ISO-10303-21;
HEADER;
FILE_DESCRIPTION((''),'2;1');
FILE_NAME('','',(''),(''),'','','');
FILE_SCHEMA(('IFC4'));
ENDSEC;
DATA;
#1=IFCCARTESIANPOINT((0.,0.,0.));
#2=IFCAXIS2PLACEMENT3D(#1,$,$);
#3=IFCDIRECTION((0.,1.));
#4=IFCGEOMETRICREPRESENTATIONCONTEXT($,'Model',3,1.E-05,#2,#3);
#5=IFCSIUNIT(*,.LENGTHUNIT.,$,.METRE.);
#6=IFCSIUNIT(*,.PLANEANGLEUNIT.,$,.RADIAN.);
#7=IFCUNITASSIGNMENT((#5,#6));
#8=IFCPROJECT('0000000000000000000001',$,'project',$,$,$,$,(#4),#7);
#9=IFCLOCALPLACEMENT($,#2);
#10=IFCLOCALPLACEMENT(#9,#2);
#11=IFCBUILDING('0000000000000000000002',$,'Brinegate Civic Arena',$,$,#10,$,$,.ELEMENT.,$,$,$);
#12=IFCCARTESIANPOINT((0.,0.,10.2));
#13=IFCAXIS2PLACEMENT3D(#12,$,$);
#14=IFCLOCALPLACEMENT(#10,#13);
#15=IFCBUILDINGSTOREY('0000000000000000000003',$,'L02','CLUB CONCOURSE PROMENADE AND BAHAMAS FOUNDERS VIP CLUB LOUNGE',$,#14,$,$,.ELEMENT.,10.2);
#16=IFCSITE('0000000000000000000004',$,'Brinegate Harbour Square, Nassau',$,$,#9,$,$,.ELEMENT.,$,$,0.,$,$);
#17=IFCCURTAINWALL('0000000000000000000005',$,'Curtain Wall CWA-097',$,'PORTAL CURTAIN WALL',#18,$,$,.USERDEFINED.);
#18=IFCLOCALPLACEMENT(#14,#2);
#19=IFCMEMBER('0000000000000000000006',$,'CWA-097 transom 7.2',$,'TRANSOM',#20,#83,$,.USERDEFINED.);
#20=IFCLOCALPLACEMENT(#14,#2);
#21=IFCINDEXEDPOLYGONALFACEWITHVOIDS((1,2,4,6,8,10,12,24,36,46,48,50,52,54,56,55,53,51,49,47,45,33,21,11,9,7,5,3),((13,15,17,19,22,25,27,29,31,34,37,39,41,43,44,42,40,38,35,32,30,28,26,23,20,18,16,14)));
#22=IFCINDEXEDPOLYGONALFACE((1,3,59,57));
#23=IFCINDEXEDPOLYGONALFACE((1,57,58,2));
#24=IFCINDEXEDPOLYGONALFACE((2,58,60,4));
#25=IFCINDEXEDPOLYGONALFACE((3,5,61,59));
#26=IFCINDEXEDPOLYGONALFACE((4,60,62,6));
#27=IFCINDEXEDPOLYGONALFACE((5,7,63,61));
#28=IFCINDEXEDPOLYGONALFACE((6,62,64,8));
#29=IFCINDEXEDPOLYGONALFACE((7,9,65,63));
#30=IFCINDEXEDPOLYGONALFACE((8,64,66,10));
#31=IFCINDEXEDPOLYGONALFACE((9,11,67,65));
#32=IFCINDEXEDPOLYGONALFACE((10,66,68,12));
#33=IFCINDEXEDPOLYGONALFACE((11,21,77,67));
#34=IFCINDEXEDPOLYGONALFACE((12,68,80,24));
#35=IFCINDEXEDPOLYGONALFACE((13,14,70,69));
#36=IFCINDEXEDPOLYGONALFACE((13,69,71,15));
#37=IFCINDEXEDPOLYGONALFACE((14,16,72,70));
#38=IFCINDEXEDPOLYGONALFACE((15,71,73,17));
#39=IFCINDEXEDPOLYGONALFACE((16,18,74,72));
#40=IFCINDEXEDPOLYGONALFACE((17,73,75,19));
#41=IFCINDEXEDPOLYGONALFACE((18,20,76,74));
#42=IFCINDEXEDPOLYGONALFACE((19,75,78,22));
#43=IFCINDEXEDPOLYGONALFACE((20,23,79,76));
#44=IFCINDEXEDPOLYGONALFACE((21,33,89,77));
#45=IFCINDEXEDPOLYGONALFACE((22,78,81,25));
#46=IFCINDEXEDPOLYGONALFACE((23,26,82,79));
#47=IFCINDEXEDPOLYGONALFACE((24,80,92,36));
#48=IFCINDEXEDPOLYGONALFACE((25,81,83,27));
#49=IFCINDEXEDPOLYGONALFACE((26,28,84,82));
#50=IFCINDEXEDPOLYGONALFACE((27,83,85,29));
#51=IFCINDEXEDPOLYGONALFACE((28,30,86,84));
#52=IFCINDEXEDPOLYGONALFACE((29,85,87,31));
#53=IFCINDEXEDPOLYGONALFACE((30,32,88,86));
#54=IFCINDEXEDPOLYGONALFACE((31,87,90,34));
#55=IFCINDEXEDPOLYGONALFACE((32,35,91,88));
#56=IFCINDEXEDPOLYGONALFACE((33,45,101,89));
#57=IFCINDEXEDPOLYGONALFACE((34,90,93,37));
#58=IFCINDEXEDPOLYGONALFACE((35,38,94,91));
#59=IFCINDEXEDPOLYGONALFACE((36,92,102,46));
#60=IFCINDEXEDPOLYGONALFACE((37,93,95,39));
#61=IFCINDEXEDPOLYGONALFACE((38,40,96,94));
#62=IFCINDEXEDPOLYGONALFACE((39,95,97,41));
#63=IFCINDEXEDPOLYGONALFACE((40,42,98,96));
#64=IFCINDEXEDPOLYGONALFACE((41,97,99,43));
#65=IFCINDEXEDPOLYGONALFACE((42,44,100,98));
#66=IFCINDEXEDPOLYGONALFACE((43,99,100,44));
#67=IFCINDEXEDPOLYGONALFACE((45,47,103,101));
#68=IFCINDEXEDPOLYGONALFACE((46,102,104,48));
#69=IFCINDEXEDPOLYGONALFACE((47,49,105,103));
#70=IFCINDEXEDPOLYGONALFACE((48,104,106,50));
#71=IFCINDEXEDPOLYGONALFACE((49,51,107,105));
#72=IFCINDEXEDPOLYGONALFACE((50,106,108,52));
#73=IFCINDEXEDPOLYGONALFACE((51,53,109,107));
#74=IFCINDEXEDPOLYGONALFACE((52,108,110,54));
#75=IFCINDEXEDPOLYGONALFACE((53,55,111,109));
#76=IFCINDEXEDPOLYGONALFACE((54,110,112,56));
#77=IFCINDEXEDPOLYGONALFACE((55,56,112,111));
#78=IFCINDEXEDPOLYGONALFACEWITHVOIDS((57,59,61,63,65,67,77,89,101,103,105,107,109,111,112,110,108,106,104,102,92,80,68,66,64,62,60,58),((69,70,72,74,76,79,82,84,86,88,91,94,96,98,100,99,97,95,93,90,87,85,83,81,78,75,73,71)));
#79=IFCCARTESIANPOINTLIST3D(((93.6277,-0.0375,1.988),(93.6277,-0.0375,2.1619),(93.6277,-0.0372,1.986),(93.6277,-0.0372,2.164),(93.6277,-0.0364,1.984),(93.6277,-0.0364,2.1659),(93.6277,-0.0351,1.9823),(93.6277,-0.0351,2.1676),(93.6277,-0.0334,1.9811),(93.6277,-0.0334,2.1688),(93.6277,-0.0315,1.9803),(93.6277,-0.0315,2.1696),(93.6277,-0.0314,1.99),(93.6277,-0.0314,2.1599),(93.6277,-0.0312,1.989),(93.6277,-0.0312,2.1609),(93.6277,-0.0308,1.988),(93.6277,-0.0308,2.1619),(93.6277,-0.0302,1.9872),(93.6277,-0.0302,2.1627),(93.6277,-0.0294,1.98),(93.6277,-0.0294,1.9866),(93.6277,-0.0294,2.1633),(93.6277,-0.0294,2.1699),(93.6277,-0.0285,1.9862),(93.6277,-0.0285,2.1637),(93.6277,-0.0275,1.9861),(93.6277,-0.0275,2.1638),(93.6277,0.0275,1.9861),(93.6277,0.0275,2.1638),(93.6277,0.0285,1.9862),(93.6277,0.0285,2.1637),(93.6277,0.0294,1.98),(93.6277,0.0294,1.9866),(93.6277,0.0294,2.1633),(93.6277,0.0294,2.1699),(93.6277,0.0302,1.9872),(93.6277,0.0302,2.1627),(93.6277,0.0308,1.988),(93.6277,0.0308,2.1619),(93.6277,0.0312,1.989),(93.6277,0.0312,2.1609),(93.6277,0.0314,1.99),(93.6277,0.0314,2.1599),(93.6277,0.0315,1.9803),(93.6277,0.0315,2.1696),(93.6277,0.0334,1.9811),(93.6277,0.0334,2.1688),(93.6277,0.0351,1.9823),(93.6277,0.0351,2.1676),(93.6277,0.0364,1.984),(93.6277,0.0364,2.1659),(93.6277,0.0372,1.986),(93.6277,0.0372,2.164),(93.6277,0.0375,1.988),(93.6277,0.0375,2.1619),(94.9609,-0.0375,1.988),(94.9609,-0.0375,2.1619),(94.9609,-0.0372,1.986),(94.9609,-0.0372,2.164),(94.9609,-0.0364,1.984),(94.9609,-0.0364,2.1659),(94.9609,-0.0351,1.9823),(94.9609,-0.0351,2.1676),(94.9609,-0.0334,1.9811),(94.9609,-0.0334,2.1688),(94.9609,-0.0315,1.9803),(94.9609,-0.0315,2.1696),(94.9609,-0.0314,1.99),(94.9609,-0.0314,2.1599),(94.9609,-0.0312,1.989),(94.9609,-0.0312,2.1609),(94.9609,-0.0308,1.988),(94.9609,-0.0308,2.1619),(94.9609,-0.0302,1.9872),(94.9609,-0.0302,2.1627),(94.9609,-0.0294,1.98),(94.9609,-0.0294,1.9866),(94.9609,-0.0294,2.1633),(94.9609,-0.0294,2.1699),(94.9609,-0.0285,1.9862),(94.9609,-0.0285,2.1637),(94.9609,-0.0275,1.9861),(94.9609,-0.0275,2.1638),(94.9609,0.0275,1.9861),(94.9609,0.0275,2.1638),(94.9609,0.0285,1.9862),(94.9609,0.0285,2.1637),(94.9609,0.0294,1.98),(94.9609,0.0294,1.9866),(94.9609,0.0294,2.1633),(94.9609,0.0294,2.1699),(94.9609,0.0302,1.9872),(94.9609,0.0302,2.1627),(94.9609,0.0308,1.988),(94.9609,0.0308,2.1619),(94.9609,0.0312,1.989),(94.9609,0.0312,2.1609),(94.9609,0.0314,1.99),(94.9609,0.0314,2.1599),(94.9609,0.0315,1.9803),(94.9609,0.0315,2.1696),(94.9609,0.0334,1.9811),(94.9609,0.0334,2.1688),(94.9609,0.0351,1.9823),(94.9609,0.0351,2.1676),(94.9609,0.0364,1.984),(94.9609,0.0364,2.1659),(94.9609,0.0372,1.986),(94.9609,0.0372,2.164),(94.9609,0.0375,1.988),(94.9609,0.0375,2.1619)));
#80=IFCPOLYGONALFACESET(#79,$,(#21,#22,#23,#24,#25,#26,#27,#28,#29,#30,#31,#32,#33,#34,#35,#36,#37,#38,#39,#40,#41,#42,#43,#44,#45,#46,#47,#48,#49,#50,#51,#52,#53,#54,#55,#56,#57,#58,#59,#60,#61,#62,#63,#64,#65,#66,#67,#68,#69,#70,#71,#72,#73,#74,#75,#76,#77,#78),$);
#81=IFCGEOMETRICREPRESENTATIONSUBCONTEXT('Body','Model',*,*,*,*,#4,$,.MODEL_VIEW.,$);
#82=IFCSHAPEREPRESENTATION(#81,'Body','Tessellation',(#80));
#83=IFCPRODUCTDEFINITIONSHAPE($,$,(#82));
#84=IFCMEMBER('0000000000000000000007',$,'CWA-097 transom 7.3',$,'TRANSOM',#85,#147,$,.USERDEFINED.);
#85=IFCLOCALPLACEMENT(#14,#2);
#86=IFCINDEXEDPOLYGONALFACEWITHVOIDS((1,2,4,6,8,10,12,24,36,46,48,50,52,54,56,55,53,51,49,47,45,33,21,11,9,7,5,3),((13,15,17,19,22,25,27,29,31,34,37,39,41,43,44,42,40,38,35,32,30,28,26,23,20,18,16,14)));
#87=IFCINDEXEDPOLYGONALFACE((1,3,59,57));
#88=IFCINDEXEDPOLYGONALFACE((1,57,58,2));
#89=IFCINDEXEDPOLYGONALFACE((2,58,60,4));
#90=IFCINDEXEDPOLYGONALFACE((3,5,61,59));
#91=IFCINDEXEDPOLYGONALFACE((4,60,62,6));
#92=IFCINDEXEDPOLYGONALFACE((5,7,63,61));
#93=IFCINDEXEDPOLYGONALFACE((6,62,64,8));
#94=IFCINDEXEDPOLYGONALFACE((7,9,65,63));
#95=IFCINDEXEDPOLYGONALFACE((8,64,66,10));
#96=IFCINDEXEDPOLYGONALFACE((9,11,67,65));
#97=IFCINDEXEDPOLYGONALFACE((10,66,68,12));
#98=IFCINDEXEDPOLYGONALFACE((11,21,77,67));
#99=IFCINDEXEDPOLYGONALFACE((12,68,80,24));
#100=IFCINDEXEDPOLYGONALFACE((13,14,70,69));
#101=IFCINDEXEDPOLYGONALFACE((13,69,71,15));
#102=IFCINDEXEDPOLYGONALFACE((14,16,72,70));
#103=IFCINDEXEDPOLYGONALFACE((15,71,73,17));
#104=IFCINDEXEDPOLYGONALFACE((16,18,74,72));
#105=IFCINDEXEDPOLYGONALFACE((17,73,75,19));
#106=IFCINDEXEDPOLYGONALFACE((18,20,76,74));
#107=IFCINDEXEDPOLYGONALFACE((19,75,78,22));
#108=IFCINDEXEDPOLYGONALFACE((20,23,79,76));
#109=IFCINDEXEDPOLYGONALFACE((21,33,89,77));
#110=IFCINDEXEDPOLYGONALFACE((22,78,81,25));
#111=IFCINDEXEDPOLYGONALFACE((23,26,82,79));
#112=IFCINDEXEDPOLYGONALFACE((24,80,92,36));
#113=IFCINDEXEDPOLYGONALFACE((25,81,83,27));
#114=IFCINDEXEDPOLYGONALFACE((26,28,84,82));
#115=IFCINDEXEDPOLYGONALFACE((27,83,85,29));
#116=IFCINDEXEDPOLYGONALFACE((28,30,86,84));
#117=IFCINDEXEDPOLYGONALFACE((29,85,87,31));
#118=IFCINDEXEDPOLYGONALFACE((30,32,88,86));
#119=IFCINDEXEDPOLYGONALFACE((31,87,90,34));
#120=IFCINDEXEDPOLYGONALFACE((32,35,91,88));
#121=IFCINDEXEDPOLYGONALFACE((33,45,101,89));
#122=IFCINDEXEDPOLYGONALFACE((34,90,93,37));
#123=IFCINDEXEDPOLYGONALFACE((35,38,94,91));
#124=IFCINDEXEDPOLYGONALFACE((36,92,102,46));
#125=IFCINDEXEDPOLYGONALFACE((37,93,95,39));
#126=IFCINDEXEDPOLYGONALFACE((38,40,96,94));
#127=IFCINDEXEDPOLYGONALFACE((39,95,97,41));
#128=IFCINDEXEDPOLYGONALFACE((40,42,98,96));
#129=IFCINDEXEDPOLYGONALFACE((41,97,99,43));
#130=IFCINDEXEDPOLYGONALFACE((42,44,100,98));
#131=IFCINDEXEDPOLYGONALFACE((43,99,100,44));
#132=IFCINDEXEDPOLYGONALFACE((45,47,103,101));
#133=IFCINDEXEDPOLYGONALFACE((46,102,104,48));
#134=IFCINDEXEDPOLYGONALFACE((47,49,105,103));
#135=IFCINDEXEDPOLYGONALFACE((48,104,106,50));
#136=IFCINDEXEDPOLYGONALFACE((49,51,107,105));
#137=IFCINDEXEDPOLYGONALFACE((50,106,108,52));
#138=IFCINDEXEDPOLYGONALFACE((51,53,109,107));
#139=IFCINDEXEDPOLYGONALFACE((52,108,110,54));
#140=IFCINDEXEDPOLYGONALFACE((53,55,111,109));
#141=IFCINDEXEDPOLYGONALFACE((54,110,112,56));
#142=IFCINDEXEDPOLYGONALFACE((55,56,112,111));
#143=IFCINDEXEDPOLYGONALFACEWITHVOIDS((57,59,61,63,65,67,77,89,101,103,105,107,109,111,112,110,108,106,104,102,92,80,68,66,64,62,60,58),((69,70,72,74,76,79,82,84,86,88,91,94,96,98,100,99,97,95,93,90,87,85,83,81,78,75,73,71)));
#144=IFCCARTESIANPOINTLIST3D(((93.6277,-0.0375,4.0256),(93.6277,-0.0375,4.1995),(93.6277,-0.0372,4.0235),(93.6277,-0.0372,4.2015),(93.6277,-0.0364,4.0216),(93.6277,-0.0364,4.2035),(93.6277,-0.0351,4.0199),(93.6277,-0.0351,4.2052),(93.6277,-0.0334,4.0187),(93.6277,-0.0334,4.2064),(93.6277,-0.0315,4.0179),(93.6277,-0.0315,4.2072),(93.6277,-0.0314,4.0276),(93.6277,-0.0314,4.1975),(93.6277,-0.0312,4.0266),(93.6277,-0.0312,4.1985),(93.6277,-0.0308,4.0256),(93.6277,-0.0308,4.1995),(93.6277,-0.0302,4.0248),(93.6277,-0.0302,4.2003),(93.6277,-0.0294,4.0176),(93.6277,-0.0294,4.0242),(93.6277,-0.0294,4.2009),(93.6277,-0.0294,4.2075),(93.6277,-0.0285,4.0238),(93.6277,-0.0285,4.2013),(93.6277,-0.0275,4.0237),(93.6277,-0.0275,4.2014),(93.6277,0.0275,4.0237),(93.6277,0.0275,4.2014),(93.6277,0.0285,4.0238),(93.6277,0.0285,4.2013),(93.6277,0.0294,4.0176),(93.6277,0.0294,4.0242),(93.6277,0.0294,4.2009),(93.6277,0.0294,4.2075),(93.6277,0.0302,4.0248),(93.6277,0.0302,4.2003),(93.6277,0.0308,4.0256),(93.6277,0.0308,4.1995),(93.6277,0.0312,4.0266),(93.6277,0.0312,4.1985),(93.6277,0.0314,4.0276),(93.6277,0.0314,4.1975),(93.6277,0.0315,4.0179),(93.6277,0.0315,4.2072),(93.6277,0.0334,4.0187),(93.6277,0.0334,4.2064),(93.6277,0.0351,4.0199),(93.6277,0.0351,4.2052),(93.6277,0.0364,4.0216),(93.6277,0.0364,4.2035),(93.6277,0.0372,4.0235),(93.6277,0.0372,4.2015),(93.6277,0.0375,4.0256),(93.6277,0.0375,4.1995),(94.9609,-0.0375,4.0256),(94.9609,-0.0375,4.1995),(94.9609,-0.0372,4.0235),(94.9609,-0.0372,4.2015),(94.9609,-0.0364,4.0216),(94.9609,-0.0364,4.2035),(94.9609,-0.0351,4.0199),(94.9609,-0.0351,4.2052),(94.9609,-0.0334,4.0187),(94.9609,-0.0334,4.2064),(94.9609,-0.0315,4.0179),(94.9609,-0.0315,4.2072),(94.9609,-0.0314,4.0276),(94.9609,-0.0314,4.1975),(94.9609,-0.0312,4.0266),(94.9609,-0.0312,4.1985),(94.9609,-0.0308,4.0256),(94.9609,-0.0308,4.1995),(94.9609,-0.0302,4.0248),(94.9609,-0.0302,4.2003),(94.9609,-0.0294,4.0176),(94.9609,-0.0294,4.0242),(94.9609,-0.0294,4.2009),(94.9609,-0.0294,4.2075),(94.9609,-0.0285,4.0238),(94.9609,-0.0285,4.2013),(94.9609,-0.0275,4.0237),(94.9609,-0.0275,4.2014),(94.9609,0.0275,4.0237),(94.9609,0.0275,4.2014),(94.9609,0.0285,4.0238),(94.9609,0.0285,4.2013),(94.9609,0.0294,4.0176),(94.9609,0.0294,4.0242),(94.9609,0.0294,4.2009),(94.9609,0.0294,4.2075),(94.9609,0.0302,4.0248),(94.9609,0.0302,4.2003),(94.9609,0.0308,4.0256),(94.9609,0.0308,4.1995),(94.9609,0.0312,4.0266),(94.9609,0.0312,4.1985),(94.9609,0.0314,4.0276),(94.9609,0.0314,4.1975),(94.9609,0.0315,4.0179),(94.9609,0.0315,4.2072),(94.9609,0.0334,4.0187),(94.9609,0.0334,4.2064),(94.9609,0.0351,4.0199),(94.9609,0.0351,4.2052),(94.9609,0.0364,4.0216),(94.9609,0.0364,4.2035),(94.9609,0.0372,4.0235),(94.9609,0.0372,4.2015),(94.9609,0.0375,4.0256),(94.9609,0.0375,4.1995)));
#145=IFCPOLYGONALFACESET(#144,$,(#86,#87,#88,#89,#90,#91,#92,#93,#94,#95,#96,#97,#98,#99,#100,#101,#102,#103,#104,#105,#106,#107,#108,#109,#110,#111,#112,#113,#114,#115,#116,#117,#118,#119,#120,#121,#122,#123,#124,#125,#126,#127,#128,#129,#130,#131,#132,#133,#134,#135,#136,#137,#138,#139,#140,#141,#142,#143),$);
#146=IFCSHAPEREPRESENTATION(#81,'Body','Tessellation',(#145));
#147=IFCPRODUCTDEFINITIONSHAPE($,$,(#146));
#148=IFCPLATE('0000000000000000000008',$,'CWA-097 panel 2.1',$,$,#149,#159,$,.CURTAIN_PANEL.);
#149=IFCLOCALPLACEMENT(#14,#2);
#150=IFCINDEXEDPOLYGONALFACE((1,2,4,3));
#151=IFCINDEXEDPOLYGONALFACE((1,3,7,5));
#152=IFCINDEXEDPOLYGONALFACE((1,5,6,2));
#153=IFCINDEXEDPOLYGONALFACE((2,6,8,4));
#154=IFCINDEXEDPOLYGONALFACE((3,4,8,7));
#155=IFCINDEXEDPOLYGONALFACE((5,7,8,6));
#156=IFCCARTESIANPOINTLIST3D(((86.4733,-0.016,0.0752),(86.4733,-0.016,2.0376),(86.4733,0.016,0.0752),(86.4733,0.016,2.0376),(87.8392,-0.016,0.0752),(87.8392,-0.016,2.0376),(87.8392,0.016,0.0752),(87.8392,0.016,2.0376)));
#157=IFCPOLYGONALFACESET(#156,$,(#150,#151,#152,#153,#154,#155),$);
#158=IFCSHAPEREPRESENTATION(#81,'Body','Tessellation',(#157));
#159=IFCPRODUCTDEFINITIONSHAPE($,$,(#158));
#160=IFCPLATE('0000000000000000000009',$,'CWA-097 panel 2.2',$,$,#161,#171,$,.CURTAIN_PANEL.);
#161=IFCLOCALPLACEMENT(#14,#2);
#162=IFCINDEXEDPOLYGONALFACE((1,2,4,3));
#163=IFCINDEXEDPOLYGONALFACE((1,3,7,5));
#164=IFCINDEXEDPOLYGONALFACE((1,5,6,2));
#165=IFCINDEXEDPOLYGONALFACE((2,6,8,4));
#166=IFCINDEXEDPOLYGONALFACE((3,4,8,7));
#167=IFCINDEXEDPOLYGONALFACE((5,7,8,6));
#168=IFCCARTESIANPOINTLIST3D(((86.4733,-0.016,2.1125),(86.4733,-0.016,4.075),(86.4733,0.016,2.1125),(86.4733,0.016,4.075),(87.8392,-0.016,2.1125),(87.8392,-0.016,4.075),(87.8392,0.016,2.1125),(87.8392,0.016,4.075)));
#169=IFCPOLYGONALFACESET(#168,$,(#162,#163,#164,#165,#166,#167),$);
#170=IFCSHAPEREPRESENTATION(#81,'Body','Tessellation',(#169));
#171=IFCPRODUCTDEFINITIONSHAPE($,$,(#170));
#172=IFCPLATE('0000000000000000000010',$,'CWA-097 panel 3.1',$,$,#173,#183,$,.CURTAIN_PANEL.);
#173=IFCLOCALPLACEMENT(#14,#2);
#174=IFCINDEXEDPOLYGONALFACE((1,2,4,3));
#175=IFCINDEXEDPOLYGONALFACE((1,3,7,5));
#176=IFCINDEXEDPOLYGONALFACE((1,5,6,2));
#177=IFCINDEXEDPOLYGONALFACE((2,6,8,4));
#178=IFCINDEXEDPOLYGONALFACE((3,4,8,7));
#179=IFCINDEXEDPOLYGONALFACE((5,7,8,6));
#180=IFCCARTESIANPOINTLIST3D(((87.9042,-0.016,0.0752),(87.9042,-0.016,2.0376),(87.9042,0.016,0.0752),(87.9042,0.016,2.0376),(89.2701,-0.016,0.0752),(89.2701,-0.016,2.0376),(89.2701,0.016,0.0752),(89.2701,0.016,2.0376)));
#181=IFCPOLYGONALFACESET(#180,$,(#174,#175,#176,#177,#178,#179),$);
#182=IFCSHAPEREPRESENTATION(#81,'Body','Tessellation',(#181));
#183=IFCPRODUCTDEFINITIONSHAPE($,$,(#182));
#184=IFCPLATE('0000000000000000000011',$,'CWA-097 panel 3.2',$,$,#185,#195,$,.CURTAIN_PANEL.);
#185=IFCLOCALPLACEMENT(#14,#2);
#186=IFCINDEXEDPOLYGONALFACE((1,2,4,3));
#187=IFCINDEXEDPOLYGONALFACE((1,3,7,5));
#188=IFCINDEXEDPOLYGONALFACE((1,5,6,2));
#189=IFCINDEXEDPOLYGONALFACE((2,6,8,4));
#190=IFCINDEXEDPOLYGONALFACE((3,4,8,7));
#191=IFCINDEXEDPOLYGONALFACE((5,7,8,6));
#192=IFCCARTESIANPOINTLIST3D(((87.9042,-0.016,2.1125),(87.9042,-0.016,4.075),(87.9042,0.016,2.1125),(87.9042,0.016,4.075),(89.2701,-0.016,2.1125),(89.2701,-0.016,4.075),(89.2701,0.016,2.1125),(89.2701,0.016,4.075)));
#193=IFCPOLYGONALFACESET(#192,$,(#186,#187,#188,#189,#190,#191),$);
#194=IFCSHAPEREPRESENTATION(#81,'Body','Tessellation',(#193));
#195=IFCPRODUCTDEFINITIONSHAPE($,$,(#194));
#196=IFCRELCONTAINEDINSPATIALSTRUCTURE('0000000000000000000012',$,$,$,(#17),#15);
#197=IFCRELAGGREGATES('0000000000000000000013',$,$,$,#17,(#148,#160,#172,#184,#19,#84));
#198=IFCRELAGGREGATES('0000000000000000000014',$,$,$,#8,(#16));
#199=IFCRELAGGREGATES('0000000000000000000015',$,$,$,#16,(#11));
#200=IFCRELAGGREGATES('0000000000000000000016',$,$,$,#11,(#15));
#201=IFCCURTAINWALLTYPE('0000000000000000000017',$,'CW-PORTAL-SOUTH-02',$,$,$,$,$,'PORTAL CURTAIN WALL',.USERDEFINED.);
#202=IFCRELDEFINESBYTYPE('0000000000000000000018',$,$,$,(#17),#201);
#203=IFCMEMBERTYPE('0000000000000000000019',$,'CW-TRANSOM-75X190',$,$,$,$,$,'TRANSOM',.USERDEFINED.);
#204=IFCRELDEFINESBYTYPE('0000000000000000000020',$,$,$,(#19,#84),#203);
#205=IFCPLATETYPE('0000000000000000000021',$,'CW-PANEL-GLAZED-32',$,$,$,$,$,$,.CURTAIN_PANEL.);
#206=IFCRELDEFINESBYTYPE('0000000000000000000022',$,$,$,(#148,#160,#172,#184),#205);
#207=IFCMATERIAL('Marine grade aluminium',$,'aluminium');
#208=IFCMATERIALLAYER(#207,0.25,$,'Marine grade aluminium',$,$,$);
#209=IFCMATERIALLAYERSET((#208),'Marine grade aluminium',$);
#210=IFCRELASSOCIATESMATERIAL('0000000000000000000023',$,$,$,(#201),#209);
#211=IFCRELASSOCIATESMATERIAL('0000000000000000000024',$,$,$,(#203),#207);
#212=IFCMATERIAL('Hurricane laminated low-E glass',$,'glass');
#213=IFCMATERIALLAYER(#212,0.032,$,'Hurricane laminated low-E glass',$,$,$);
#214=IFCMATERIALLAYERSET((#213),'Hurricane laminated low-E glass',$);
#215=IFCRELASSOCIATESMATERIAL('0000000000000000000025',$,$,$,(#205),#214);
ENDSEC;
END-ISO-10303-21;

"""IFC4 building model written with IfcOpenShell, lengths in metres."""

from ifc_helpers import new_model, si_unit, direction, frame, origin, origin_2d, place, context, subcontext, project, spatial, rectangle, hollow_rectangle, extrude, material, layer, layer_set, material_profile, profile_set, type_object, element, aggregate, save


model = new_model("IFC4")

# Units and contexts
model_context = context("Model", 3, precision=1e-05, world=origin(), true_north=direction((0.0, 1.0)))
body_context = subcontext(model_context, "Body", "Model", "MODEL_VIEW")
ifc_project = project(units=[si_unit("LENGTHUNIT", "METRE"), si_unit("PLANEANGLEUNIT", "RADIAN")], contexts=[model_context])

# Site, building, storey
site_placement = place(None, origin())
site = spatial("IfcSite", under=ifc_project, at=site_placement, Name="Brinegate Harbour Square, Nassau", CompositionType="ELEMENT", RefElevation=0.0)
building_placement = place(site_placement, origin())
building = spatial("IfcBuilding", under=site, at=building_placement, Name="Brinegate Civic Arena", CompositionType="ELEMENT")
storey_placement = place(building_placement, frame((0.0, 0.0, 10.2)))
storey = spatial("IfcBuildingStorey", under=building, at=storey_placement, Name="L02", Description="CLUB CONCOURSE PROMENADE AND BAHAMAS FOUNDERS VIP CLUB LOUNGE", CompositionType="ELEMENT", Elevation=10.2)

# Curtain wall, members, plates
ifc_material_1 = material(Name="Marine grade aluminium", Category="aluminium")
ifc_layer_1 = layer(ifc_material_1, 0.25, Name="Marine grade aluminium")
ifc_layer_set_1 = layer_set([ifc_layer_1], Name="Marine grade aluminium")
curtain_wall_type = type_object("IfcCurtainWallType", Name="CW-PORTAL-SOUTH-02", ElementType="PORTAL CURTAIN WALL", PredefinedType="USERDEFINED", material=ifc_layer_set_1)
curtain_wall_placement = place(storey_placement, origin())
curtain_wall = element("IfcCurtainWall", 1, at=curtain_wall_placement, inside=storey, type_object=curtain_wall_type, Name="Curtain Wall CWA-097", ObjectType="PORTAL CURTAIN WALL", PredefinedType="USERDEFINED")
ifc_material_profile_1 = material_profile(ifc_material_1, hollow_rectangle(XDim=0.075, YDim=0.1899, WallThickness=0.0061, InnerFilletRadius=0.0039, OuterFilletRadius=0.0081, at=origin_2d()), Name="TRN75X190")
ifc_profile_set_1 = profile_set([ifc_material_profile_1], Name="Marine grade aluminium")
member_type_1 = type_object("IfcMemberType", Name="CW-TRANSOM-75X190", ElementType="TRANSOM", PredefinedType="USERDEFINED", material=ifc_profile_set_1)
member_1_placement = place(storey_placement, frame((93.6277, 0.0, 2.075), z_axis=(1.0, 0.0, 0.0), x_axis=(0.0, 1.0, 0.0)))
member_1 = element("IfcMember", 2, at=member_1_placement, type_object=member_type_1, Name="CWA-097 transom 7.2", ObjectType="TRANSOM", PredefinedType="USERDEFINED", context=body_context, shape_type="SweptSolid", body=[
    extrude(hollow_rectangle(XDim=0.075, YDim=0.1899, WallThickness=0.0061, InnerFilletRadius=0.0039, OuterFilletRadius=0.0081, at=origin_2d()), origin(), (0.0, 0.0, 1.0), 1.3333),
])
member_2_placement = place(storey_placement, frame((93.6277, 0.0, 4.1125), z_axis=(1.0, 0.0, 0.0), x_axis=(0.0, 1.0, 0.0)))
member_2 = element("IfcMember", 3, at=member_2_placement, type_object=member_type_1, Name="CWA-097 transom 7.3", ObjectType="TRANSOM", PredefinedType="USERDEFINED", context=body_context, shape_type="SweptSolid", body=[
    extrude(hollow_rectangle(XDim=0.075, YDim=0.1899, WallThickness=0.0061, InnerFilletRadius=0.0039, OuterFilletRadius=0.0081, at=origin_2d()), origin(), (0.0, 0.0, 1.0), 1.3333),
])
ifc_material_2 = material(Name="Hurricane laminated low-E glass", Category="glass")
ifc_layer_2 = layer(ifc_material_2, 0.032, Name="Hurricane laminated low-E glass")
ifc_layer_set_2 = layer_set([ifc_layer_2], Name="Hurricane laminated low-E glass")
plate_type = type_object("IfcPlateType", Name="CW-PANEL-GLAZED-32", PredefinedType="CURTAIN_PANEL", material=ifc_layer_set_2)
plate_1_placement = place(storey_placement, frame((87.1562, 0.0, 0.0752), z_axis=(0.0, 0.0, 1.0), x_axis=(1.0, 0.0, 0.0)))
plate_1 = element("IfcPlate", 4, at=plate_1_placement, type_object=plate_type, Name="CWA-097 panel 2.1", PredefinedType="CURTAIN_PANEL", context=body_context, shape_type="SweptSolid", body=[
    extrude(rectangle(XDim=1.366, YDim=0.032, at=origin_2d()), origin(), (0.0, 0.0, 1.0), 1.9624),
])
plate_2_placement = place(storey_placement, frame((87.1562, 0.0, 2.1125), z_axis=(0.0, 0.0, 1.0), x_axis=(1.0, 0.0, 0.0)))
plate_2 = element("IfcPlate", 5, at=plate_2_placement, type_object=plate_type, Name="CWA-097 panel 2.2", PredefinedType="CURTAIN_PANEL", context=body_context, shape_type="SweptSolid", body=[
    extrude(rectangle(XDim=1.366, YDim=0.032, at=origin_2d()), origin(), (0.0, 0.0, 1.0), 1.9624),
])
plate_3_placement = place(storey_placement, frame((88.5872, 0.0, 0.0752), z_axis=(0.0, 0.0, 1.0), x_axis=(1.0, 0.0, 0.0)))
plate_3 = element("IfcPlate", 6, at=plate_3_placement, type_object=plate_type, Name="CWA-097 panel 3.1", PredefinedType="CURTAIN_PANEL", context=body_context, shape_type="SweptSolid", body=[
    extrude(rectangle(XDim=1.366, YDim=0.032, at=origin_2d()), origin(), (0.0, 0.0, 1.0), 1.9624),
])
plate_4_placement = place(storey_placement, frame((88.5872, 0.0, 2.1125), z_axis=(0.0, 0.0, 1.0), x_axis=(1.0, 0.0, 0.0)))
plate_4 = element("IfcPlate", 7, at=plate_4_placement, type_object=plate_type, Name="CWA-097 panel 3.2", PredefinedType="CURTAIN_PANEL", context=body_context, shape_type="SweptSolid", body=[
    extrude(rectangle(XDim=1.366, YDim=0.032, at=origin_2d()), origin(), (0.0, 0.0, 1.0), 1.9624),
])
aggregate(curtain_wall, [plate_1, plate_2, plate_3, plate_4, member_1, member_2])

save(model, "model.ifc")
